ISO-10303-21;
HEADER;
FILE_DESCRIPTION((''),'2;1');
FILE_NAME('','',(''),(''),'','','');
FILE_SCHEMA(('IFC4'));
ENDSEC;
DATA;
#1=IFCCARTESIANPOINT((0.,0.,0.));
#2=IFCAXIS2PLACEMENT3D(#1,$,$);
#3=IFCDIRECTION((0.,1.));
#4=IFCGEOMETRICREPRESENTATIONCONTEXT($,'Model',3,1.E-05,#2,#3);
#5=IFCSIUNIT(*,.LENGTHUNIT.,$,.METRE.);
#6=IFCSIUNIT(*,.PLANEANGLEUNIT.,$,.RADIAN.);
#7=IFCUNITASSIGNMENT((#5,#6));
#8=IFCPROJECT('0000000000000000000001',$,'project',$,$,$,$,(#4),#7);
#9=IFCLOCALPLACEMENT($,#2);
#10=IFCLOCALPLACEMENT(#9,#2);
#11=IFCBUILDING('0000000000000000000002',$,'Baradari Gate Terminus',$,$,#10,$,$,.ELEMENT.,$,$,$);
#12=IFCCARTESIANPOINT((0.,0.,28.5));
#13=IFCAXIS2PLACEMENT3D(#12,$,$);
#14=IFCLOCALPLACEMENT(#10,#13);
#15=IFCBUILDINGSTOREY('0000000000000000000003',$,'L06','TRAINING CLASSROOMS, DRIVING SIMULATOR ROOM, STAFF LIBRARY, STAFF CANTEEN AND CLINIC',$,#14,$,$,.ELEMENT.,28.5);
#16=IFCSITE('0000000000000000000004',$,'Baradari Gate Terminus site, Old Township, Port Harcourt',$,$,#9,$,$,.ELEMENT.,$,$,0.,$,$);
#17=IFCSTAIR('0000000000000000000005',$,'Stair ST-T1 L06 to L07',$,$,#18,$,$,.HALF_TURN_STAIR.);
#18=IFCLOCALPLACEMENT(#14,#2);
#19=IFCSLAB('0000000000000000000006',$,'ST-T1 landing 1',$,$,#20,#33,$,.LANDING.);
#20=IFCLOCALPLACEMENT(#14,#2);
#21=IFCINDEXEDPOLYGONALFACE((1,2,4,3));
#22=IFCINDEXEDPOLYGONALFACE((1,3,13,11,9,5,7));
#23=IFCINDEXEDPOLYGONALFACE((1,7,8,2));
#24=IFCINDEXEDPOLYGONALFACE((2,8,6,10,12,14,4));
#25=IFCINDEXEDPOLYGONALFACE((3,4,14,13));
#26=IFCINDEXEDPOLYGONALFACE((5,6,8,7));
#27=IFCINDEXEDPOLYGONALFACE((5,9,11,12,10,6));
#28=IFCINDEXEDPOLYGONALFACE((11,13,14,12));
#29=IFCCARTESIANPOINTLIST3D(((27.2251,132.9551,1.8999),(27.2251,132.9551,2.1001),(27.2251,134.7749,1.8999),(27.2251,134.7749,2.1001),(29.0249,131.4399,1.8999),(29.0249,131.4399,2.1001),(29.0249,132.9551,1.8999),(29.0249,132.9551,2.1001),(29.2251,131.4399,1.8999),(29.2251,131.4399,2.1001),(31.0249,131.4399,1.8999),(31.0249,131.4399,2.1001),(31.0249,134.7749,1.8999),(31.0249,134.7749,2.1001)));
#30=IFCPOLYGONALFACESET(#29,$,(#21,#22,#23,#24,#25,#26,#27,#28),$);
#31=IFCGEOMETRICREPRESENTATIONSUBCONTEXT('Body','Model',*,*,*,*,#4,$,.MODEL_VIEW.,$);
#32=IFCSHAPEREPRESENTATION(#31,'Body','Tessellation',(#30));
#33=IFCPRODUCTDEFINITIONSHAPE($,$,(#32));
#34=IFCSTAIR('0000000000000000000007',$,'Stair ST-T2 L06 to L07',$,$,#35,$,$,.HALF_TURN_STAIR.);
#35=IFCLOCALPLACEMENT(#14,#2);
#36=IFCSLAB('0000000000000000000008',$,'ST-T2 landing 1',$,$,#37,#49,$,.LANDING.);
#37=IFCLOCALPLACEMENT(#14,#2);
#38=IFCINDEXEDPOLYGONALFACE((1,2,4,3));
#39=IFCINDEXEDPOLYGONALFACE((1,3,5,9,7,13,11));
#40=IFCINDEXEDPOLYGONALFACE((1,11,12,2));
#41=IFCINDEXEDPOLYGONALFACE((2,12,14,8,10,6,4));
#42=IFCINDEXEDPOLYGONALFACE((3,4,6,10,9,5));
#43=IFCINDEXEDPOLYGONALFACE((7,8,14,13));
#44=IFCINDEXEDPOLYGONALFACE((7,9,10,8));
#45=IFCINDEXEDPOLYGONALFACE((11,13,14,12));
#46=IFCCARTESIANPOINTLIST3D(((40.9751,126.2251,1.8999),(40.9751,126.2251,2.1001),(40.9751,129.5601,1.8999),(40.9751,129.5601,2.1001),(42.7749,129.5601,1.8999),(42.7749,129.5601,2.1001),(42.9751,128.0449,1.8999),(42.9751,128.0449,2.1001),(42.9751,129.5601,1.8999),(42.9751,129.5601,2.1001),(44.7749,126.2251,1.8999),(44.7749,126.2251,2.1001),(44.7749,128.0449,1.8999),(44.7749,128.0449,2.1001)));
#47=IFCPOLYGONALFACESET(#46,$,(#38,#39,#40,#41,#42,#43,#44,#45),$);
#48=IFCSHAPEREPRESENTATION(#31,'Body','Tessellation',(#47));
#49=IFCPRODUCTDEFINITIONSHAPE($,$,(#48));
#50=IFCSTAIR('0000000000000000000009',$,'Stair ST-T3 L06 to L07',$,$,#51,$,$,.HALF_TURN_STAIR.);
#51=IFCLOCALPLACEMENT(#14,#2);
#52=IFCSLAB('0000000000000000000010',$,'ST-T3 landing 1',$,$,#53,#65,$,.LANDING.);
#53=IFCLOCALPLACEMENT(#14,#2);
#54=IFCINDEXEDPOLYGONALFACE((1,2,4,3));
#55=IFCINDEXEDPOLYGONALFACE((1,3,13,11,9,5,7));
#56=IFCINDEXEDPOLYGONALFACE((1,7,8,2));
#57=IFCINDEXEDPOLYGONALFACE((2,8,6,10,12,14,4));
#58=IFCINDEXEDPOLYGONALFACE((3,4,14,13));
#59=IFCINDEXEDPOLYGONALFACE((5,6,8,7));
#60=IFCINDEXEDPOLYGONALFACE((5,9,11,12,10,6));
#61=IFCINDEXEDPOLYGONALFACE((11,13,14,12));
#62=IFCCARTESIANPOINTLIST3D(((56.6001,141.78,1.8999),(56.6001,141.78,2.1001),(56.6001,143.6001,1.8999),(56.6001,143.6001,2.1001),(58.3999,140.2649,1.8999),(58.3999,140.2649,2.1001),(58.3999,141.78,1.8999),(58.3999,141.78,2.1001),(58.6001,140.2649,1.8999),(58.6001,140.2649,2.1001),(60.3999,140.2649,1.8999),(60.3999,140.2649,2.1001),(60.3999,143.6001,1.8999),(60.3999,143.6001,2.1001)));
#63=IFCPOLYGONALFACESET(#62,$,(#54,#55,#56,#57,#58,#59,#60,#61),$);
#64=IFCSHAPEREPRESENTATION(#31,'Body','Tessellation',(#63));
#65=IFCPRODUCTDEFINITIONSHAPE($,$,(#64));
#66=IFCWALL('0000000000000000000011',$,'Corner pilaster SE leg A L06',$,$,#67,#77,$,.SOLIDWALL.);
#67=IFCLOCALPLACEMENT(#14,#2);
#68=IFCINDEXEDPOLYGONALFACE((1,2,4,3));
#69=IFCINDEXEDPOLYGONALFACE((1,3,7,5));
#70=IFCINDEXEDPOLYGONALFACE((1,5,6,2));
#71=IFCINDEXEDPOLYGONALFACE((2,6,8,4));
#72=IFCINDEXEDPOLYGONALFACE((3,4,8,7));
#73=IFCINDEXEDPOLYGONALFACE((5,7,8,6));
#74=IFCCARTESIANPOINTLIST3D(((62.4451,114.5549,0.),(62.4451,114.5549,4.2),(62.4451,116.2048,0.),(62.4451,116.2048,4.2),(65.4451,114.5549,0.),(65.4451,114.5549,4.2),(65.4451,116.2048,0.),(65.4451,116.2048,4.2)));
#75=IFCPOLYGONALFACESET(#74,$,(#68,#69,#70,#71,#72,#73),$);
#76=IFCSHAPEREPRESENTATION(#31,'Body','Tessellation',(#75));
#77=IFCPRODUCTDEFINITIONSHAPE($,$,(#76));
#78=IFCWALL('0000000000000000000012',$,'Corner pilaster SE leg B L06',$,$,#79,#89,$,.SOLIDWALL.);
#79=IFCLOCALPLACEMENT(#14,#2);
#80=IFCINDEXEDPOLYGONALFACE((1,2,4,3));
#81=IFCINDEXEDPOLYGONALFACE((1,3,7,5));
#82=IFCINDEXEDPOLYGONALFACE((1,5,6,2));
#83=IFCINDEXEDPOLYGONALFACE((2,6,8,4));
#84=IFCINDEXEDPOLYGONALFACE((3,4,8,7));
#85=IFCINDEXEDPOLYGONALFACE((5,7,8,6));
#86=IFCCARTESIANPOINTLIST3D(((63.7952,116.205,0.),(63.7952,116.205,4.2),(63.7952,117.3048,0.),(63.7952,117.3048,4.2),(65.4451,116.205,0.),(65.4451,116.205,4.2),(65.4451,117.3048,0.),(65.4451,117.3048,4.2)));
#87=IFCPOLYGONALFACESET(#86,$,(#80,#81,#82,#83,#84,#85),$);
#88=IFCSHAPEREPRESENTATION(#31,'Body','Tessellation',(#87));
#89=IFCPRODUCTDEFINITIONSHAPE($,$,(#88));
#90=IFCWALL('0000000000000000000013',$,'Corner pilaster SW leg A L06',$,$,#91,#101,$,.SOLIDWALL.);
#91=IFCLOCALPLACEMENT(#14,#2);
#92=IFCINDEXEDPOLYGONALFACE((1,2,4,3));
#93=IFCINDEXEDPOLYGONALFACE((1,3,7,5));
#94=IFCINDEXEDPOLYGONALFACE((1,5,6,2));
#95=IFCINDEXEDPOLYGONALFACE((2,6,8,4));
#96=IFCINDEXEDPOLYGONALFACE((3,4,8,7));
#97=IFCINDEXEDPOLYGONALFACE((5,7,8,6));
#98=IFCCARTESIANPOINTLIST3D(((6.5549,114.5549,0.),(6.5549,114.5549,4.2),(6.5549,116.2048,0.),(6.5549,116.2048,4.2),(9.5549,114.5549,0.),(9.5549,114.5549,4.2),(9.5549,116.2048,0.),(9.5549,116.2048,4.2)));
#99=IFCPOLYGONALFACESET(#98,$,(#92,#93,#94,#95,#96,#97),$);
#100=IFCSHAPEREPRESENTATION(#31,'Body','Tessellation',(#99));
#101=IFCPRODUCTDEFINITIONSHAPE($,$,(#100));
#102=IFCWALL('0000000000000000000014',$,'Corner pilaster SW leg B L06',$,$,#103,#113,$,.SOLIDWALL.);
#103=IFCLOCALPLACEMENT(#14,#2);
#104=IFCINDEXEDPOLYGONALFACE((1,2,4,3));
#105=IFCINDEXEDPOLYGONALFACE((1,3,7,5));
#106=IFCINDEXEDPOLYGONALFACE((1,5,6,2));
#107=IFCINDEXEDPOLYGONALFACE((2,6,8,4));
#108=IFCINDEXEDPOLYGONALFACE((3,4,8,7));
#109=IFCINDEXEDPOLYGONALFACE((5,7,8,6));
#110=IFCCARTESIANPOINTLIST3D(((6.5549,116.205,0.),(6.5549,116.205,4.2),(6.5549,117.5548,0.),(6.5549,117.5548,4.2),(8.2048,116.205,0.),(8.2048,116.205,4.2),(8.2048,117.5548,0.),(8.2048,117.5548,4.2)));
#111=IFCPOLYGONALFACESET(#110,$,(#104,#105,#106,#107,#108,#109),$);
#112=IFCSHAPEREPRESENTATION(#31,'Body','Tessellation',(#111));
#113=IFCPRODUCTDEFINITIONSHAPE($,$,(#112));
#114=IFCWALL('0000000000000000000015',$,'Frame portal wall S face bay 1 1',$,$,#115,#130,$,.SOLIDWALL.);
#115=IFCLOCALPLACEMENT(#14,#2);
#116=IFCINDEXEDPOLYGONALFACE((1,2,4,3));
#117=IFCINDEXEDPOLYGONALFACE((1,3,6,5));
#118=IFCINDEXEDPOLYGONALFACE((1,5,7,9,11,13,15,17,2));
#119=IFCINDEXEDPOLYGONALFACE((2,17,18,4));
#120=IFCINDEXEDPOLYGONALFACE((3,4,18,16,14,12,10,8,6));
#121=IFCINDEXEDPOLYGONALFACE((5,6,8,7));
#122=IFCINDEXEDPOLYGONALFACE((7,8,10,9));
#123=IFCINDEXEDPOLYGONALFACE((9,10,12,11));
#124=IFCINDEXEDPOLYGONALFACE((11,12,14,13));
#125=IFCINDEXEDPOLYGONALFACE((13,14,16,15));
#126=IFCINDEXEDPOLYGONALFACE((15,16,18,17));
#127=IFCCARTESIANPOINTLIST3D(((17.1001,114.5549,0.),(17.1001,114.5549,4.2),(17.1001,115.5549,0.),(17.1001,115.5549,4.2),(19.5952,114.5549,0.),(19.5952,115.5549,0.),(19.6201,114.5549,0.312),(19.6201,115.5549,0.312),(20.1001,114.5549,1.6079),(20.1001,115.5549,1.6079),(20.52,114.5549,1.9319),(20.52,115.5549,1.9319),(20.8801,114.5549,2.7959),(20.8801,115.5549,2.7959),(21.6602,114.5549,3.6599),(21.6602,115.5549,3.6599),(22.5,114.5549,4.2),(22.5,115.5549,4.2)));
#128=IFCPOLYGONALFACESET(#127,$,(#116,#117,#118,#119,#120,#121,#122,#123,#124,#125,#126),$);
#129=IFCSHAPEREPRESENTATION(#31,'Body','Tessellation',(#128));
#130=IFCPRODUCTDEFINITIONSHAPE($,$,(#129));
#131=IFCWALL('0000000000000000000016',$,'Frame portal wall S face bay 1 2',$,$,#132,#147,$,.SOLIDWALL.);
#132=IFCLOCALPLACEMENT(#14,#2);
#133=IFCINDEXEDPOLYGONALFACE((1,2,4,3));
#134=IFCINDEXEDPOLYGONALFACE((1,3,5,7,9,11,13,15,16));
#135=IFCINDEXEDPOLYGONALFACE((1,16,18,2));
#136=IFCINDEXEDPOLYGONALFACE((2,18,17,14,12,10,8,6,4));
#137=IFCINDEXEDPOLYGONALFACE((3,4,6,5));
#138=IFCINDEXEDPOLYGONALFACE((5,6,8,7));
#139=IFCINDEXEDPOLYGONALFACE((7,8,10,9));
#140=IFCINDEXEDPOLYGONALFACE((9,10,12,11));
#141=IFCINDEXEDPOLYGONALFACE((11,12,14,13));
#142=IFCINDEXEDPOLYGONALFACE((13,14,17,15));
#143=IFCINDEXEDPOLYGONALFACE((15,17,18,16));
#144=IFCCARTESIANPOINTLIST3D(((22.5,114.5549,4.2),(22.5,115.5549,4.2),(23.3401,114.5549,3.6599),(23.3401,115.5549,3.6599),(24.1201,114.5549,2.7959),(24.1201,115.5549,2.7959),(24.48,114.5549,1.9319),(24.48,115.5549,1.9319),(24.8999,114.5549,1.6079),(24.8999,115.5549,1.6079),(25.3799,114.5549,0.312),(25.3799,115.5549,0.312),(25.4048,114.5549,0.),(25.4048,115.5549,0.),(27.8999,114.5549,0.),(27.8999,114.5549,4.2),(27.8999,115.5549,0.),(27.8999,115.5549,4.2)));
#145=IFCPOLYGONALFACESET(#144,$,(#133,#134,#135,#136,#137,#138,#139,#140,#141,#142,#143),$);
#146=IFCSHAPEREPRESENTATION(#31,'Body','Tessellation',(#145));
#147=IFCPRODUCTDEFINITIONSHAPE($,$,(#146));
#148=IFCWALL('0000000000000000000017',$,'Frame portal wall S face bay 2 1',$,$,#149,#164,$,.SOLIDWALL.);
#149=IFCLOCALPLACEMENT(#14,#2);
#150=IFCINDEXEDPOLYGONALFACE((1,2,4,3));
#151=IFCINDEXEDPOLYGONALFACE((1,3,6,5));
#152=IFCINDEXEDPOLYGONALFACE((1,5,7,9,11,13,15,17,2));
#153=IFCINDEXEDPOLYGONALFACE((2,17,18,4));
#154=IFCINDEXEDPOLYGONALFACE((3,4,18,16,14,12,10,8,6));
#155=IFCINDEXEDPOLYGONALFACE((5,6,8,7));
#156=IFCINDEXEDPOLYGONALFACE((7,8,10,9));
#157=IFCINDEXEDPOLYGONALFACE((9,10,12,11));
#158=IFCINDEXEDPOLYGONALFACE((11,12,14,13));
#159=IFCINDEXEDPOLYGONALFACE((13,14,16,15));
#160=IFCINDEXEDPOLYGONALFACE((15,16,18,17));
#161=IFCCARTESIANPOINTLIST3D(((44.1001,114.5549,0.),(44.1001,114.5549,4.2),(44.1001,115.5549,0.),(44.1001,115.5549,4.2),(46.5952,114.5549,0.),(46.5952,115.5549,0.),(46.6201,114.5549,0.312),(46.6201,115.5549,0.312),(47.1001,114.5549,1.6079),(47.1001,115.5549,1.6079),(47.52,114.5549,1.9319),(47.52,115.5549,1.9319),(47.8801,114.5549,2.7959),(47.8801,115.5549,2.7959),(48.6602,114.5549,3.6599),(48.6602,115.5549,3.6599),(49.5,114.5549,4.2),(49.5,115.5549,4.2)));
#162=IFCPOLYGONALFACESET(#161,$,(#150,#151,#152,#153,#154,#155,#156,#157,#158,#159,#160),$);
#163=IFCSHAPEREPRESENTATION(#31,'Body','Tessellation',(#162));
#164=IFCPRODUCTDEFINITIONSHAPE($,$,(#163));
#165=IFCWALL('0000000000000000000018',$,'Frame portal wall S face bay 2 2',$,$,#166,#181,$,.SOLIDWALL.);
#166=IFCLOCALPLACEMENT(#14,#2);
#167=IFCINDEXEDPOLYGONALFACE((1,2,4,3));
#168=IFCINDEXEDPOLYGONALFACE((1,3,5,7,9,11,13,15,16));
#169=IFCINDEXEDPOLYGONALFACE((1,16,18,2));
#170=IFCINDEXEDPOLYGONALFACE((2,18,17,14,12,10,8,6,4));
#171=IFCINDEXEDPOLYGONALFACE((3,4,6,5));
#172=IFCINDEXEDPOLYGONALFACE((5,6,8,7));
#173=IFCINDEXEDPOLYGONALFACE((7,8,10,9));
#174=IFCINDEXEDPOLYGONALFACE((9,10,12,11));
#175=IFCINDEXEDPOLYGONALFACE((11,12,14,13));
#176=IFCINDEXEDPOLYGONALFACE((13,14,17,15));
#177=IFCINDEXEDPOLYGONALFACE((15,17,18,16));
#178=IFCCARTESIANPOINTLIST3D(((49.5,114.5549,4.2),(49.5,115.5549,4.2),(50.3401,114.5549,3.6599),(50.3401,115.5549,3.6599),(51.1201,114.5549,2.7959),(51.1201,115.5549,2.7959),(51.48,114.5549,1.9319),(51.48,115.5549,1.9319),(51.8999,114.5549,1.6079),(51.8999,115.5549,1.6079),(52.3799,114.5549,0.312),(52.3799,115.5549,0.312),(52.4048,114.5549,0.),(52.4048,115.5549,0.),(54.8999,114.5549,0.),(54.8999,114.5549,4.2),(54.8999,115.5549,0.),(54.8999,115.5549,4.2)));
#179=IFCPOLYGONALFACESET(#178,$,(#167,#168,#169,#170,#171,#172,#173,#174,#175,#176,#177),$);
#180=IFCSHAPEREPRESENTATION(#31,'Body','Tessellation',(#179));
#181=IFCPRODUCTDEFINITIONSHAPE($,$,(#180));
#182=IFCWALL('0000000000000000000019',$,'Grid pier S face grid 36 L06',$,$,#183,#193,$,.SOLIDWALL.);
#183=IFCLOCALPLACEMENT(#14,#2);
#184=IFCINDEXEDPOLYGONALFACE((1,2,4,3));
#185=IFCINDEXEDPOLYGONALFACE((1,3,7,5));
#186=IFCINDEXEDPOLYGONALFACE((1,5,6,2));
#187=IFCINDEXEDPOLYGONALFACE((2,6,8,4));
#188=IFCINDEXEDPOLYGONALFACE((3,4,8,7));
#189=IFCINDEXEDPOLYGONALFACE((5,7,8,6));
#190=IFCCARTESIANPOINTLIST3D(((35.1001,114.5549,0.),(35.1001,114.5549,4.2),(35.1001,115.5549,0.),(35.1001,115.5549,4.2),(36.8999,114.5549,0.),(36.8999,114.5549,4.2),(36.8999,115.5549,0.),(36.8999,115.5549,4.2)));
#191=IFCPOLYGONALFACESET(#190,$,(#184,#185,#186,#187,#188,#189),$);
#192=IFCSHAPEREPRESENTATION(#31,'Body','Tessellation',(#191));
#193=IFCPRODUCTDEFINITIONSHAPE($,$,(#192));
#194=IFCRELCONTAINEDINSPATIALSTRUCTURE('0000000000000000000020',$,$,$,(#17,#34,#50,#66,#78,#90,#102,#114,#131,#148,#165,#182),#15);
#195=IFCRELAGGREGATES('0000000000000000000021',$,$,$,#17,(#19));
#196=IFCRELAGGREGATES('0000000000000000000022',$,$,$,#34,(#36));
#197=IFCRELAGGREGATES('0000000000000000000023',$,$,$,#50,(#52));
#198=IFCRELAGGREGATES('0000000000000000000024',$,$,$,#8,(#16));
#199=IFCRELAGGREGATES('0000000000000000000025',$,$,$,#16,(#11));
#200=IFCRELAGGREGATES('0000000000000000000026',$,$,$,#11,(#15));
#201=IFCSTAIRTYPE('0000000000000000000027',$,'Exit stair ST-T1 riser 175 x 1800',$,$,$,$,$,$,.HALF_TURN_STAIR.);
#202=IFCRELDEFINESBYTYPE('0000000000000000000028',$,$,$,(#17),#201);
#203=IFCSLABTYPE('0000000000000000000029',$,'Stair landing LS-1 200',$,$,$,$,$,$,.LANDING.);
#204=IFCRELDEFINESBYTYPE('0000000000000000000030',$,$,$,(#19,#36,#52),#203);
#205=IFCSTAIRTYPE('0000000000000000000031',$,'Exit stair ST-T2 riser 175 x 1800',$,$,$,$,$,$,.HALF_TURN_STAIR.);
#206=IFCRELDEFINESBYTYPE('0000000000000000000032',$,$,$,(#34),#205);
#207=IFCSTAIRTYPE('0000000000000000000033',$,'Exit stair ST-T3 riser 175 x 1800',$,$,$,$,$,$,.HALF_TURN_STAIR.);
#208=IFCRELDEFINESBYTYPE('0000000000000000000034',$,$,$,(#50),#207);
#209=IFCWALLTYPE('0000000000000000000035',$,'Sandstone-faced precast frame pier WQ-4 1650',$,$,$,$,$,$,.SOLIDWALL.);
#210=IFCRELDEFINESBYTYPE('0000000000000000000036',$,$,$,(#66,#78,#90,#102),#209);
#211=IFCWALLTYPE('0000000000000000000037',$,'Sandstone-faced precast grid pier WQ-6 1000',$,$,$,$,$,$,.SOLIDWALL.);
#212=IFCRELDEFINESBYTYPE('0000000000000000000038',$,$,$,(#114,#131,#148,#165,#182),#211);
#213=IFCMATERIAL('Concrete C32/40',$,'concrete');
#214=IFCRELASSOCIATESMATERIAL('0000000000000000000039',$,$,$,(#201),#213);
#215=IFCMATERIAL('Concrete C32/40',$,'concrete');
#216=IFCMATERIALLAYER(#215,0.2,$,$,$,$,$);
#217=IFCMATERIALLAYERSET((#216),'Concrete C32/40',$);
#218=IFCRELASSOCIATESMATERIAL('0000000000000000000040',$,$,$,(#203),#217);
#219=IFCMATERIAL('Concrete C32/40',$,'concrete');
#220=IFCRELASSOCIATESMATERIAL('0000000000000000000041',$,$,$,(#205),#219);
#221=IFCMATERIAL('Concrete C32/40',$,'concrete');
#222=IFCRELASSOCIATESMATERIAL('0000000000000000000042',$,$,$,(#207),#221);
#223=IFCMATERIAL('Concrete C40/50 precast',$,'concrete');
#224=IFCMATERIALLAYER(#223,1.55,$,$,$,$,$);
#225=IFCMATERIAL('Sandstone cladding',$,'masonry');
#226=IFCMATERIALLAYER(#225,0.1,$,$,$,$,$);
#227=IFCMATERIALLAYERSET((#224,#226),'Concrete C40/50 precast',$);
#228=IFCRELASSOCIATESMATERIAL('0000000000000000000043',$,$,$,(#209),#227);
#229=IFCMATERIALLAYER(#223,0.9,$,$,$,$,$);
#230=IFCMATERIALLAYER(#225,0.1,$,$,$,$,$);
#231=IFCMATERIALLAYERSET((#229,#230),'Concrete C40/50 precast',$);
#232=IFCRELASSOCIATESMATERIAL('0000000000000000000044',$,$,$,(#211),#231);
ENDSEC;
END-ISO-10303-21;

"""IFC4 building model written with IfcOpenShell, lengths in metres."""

from ifc_helpers import new_model, si_unit, direction, frame, frame_2d, origin, place, context, subcontext, project, spatial, polyline, rectangle, outline, extrude, material, layer, layer_set, type_object, element, aggregate, save


model = new_model("IFC4")

# Units and contexts
model_context = context("Model", 3, precision=1e-05, world=origin(), true_north=direction((0.0, 1.0)))
body_context = subcontext(model_context, "Body", "Model", "MODEL_VIEW")
ifc_project = project(units=[si_unit("LENGTHUNIT", "METRE"), si_unit("PLANEANGLEUNIT", "RADIAN")], contexts=[model_context])

# Site, building, storey
site_placement = place(None, origin())
site = spatial("IfcSite", under=ifc_project, at=site_placement, Name="Baradari Gate Terminus site, Old Township, Port Harcourt", CompositionType="ELEMENT", RefElevation=0.0)
building_placement = place(site_placement, origin())
building = spatial("IfcBuilding", under=site, at=building_placement, Name="Baradari Gate Terminus", CompositionType="ELEMENT")
storey_placement = place(building_placement, frame((0.0, 0.0, 28.5)))
storey = spatial("IfcBuildingStorey", under=building, at=storey_placement, Name="L06", Description="TRAINING CLASSROOMS, DRIVING SIMULATOR ROOM, STAFF LIBRARY, STAFF CANTEEN AND CLINIC", CompositionType="ELEMENT", Elevation=28.5)

# Stairs, slabs
ifc_material_1 = material(Name="Concrete C32/40", Category="concrete")
stair_type_1 = type_object("IfcStairType", Name="Exit stair ST-T1 riser 175 x 1800", PredefinedType="HALF_TURN_STAIR", material=ifc_material_1)
stair_1_placement = place(storey_placement, origin())
stair_1 = element("IfcStair", 1, at=stair_1_placement, inside=storey, type_object=stair_type_1, Name="Stair ST-T1 L06 to L07", PredefinedType="HALF_TURN_STAIR")
ifc_material_2 = material(Name="Concrete C32/40", Category="concrete")
ifc_layer_1 = layer(ifc_material_2, 0.2)
ifc_layer_set_1 = layer_set([ifc_layer_1], Name="Concrete C32/40")
slab_type_1 = type_object("IfcSlabType", Name="Stair landing LS-1 200", PredefinedType="LANDING", material=ifc_layer_set_1)
slab_1_placement = place(storey_placement, frame((0.0, 0.0, 1.8999)))
slab_1 = element("IfcSlab", 2, at=slab_1_placement, type_object=slab_type_1, Name="ST-T1 landing 1", PredefinedType="LANDING", context=body_context, shape_type="SweptSolid", body=[
    extrude(outline(polyline([(27.2251, 134.7749), (27.2251, 132.9551), (29.0249, 132.9551), (29.0249, 131.4399), (29.2251, 131.4399), (31.0249, 131.4399), (31.0249, 134.7749), (27.2251, 134.7749)])), origin(), (0.0, 0.0, 1.0), 0.2002),
])
aggregate(stair_1, [slab_1])
ifc_material_3 = material(Name="Concrete C32/40", Category="concrete")
stair_type_2 = type_object("IfcStairType", Name="Exit stair ST-T2 riser 175 x 1800", PredefinedType="HALF_TURN_STAIR", material=ifc_material_3)
stair_2_placement = place(storey_placement, origin())
stair_2 = element("IfcStair", 3, at=stair_2_placement, inside=storey, type_object=stair_type_2, Name="Stair ST-T2 L06 to L07", PredefinedType="HALF_TURN_STAIR")
slab_2_placement = place(storey_placement, frame((0.0, 0.0, 1.8999)))
slab_2 = element("IfcSlab", 4, at=slab_2_placement, type_object=slab_type_1, Name="ST-T2 landing 1", PredefinedType="LANDING", context=body_context, shape_type="SweptSolid", body=[
    extrude(outline(polyline([(44.7749, 126.2251), (44.7749, 128.0449), (42.9751, 128.0449), (42.9751, 129.5601), (42.7749, 129.5601), (40.9751, 129.5601), (40.9751, 126.2251), (44.7749, 126.2251)])), origin(), (0.0, 0.0, 1.0), 0.2002),
])
aggregate(stair_2, [slab_2])
ifc_material_4 = material(Name="Concrete C32/40", Category="concrete")
stair_type_3 = type_object("IfcStairType", Name="Exit stair ST-T3 riser 175 x 1800", PredefinedType="HALF_TURN_STAIR", material=ifc_material_4)
stair_3_placement = place(storey_placement, origin())
stair_3 = element("IfcStair", 5, at=stair_3_placement, inside=storey, type_object=stair_type_3, Name="Stair ST-T3 L06 to L07", PredefinedType="HALF_TURN_STAIR")
slab_3_placement = place(storey_placement, frame((0.0, 0.0, 1.8999)))
slab_3 = element("IfcSlab", 6, at=slab_3_placement, type_object=slab_type_1, Name="ST-T3 landing 1", PredefinedType="LANDING", context=body_context, shape_type="SweptSolid", body=[
    extrude(outline(polyline([(56.6001, 143.6001), (56.6001, 141.78), (58.3999, 141.78), (58.3999, 140.2649), (58.6001, 140.2649), (60.3999, 140.2649), (60.3999, 143.6001), (56.6001, 143.6001)])), origin(), (0.0, 0.0, 1.0), 0.2002),
])
aggregate(stair_3, [slab_3])

# Walls
ifc_material_5 = material(Name="Concrete C40/50 precast", Category="concrete")
ifc_layer_2 = layer(ifc_material_5, 1.55)
ifc_material_6 = material(Name="Sandstone cladding", Category="masonry")
ifc_layer_3 = layer(ifc_material_6, 0.1)
ifc_layer_set_2 = layer_set([ifc_layer_2, ifc_layer_3], Name="Concrete C40/50 precast")
wall_type_1 = type_object("IfcWallType", Name="Sandstone-faced precast frame pier WQ-4 1650", PredefinedType="SOLIDWALL", material=ifc_layer_set_2)
wall_1_placement = place(storey_placement, frame((62.4451, 115.3799, 0.0), z_axis=(0.0, 0.0, 1.0), x_axis=(1.0, 0.0, 0.0)))
element("IfcWall", 7, at=wall_1_placement, inside=storey, type_object=wall_type_1, Name="Corner pilaster SE leg A L06", PredefinedType="SOLIDWALL", context=body_context, shape_type="SweptSolid", body=[
    extrude(rectangle(XDim=3.0, YDim=1.6499, at=frame_2d((1.5, 0.0))), origin(), (0.0, 0.0, 1.0), 4.2),
])
wall_2_placement = place(storey_placement, frame((64.6201, 116.2051, 0.0), z_axis=(0.0, 0.0, 1.0), x_axis=(0.0, 1.0, 0.0)))
element("IfcWall", 8, at=wall_2_placement, inside=storey, type_object=wall_type_1, Name="Corner pilaster SE leg B L06", PredefinedType="SOLIDWALL", context=body_context, shape_type="SweptSolid", body=[
    extrude(rectangle(XDim=1.0999, YDim=1.6499, at=frame_2d((0.5498, 0.0))), origin(), (0.0, 0.0, 1.0), 4.2),
])
wall_3_placement = place(storey_placement, frame((6.5549, 115.3799, 0.0), z_axis=(0.0, 0.0, 1.0), x_axis=(1.0, 0.0, 0.0)))
element("IfcWall", 9, at=wall_3_placement, inside=storey, type_object=wall_type_1, Name="Corner pilaster SW leg A L06", PredefinedType="SOLIDWALL", context=body_context, shape_type="SweptSolid", body=[
    extrude(rectangle(XDim=3.0, YDim=1.6499, at=frame_2d((1.5, 0.0))), origin(), (0.0, 0.0, 1.0), 4.2),
])
wall_4_placement = place(storey_placement, frame((7.3799, 116.2051, 0.0), z_axis=(0.0, 0.0, 1.0), x_axis=(0.0, 1.0, 0.0)))
element("IfcWall", 10, at=wall_4_placement, inside=storey, type_object=wall_type_1, Name="Corner pilaster SW leg B L06", PredefinedType="SOLIDWALL", context=body_context, shape_type="SweptSolid", body=[
    extrude(rectangle(XDim=1.3499, YDim=1.6499, at=frame_2d((0.6748, 0.0))), origin(), (0.0, 0.0, 1.0), 4.2),
])
ifc_layer_4 = layer(ifc_material_5, 0.9)
ifc_layer_5 = layer(ifc_material_6, 0.1)
ifc_layer_set_3 = layer_set([ifc_layer_4, ifc_layer_5], Name="Concrete C40/50 precast")
wall_type_2 = type_object("IfcWallType", Name="Sandstone-faced precast grid pier WQ-6 1000", PredefinedType="SOLIDWALL", material=ifc_layer_set_3)
wall_5_placement = place(storey_placement, frame((17.1001, 115.0549, 0.0), z_axis=(0.0, 0.0, 1.0), x_axis=(1.0, 0.0, 0.0)))
element("IfcWall", 11, at=wall_5_placement, inside=storey, type_object=wall_type_2, Name="Frame portal wall S face bay 1 1", PredefinedType="SOLIDWALL", context=body_context, shape_type="SweptSolid", body=[
    extrude(outline(polyline([(2.4951, 0.0), (2.52, 0.312), (3.0, 1.6079), (3.4199, 1.9319), (3.78, 2.7959), (4.5601, 3.6599), (5.3999, 4.2), (0.0, 4.2), (0.0, 0.0), (2.4951, 0.0)])), frame((0.0, 0.5, 0.0), z_axis=(0.0, -1.0, 0.0), x_axis=(1.0, 0.0, 0.0)), (0.0, 0.0, 1.0), 1.0),
])
wall_6_placement = place(storey_placement, frame((22.5, 115.0549, 0.0), z_axis=(0.0, 0.0, 1.0), x_axis=(1.0, 0.0, 0.0)))
element("IfcWall", 12, at=wall_6_placement, inside=storey, type_object=wall_type_2, Name="Frame portal wall S face bay 1 2", PredefinedType="SOLIDWALL", context=body_context, shape_type="SweptSolid", body=[
    extrude(outline(polyline([(0.0, 4.2), (0.8401, 3.6599), (1.6201, 2.7959), (1.98, 1.9319), (2.3999, 1.6079), (2.8799, 0.312), (2.9048, 0.0), (5.3999, 0.0), (5.3999, 4.2), (0.0, 4.2)])), frame((0.0, 0.5, 0.0), z_axis=(0.0, -1.0, 0.0), x_axis=(1.0, 0.0, 0.0)), (0.0, 0.0, 1.0), 1.0),
])
wall_7_placement = place(storey_placement, frame((44.1001, 115.0549, 0.0), z_axis=(0.0, 0.0, 1.0), x_axis=(1.0, 0.0, 0.0)))
element("IfcWall", 13, at=wall_7_placement, inside=storey, type_object=wall_type_2, Name="Frame portal wall S face bay 2 1", PredefinedType="SOLIDWALL", context=body_context, shape_type="SweptSolid", body=[
    extrude(outline(polyline([(2.4951, 0.0), (2.52, 0.312), (3.0, 1.6079), (3.4199, 1.9319), (3.78, 2.7959), (4.5601, 3.6599), (5.3999, 4.2), (0.0, 4.2), (0.0, 0.0), (2.4951, 0.0)])), frame((0.0, 0.5, 0.0), z_axis=(0.0, -1.0, 0.0), x_axis=(1.0, 0.0, 0.0)), (0.0, 0.0, 1.0), 1.0),
])
wall_8_placement = place(storey_placement, frame((49.5, 115.0549, 0.0), z_axis=(0.0, 0.0, 1.0), x_axis=(1.0, 0.0, 0.0)))
element("IfcWall", 14, at=wall_8_placement, inside=storey, type_object=wall_type_2, Name="Frame portal wall S face bay 2 2", PredefinedType="SOLIDWALL", context=body_context, shape_type="SweptSolid", body=[
    extrude(outline(polyline([(0.0, 4.2), (0.8401, 3.6599), (1.6201, 2.7959), (1.98, 1.9319), (2.3999, 1.6079), (2.8799, 0.312), (2.9048, 0.0), (5.3999, 0.0), (5.3999, 4.2), (0.0, 4.2)])), frame((0.0, 0.5, 0.0), z_axis=(0.0, -1.0, 0.0), x_axis=(1.0, 0.0, 0.0)), (0.0, 0.0, 1.0), 1.0),
])
wall_9_placement = place(storey_placement, frame((35.1001, 115.0549, 0.0), z_axis=(0.0, 0.0, 1.0), x_axis=(1.0, 0.0, 0.0)))
element("IfcWall", 15, at=wall_9_placement, inside=storey, type_object=wall_type_2, Name="Grid pier S face grid 36 L06", PredefinedType="SOLIDWALL", context=body_context, shape_type="SweptSolid", body=[
    extrude(rectangle(XDim=1.7998, YDim=1.0, at=frame_2d((0.8999, 0.0))), origin(), (0.0, 0.0, 1.0), 4.2),
])

save(model, "model.ifc")
